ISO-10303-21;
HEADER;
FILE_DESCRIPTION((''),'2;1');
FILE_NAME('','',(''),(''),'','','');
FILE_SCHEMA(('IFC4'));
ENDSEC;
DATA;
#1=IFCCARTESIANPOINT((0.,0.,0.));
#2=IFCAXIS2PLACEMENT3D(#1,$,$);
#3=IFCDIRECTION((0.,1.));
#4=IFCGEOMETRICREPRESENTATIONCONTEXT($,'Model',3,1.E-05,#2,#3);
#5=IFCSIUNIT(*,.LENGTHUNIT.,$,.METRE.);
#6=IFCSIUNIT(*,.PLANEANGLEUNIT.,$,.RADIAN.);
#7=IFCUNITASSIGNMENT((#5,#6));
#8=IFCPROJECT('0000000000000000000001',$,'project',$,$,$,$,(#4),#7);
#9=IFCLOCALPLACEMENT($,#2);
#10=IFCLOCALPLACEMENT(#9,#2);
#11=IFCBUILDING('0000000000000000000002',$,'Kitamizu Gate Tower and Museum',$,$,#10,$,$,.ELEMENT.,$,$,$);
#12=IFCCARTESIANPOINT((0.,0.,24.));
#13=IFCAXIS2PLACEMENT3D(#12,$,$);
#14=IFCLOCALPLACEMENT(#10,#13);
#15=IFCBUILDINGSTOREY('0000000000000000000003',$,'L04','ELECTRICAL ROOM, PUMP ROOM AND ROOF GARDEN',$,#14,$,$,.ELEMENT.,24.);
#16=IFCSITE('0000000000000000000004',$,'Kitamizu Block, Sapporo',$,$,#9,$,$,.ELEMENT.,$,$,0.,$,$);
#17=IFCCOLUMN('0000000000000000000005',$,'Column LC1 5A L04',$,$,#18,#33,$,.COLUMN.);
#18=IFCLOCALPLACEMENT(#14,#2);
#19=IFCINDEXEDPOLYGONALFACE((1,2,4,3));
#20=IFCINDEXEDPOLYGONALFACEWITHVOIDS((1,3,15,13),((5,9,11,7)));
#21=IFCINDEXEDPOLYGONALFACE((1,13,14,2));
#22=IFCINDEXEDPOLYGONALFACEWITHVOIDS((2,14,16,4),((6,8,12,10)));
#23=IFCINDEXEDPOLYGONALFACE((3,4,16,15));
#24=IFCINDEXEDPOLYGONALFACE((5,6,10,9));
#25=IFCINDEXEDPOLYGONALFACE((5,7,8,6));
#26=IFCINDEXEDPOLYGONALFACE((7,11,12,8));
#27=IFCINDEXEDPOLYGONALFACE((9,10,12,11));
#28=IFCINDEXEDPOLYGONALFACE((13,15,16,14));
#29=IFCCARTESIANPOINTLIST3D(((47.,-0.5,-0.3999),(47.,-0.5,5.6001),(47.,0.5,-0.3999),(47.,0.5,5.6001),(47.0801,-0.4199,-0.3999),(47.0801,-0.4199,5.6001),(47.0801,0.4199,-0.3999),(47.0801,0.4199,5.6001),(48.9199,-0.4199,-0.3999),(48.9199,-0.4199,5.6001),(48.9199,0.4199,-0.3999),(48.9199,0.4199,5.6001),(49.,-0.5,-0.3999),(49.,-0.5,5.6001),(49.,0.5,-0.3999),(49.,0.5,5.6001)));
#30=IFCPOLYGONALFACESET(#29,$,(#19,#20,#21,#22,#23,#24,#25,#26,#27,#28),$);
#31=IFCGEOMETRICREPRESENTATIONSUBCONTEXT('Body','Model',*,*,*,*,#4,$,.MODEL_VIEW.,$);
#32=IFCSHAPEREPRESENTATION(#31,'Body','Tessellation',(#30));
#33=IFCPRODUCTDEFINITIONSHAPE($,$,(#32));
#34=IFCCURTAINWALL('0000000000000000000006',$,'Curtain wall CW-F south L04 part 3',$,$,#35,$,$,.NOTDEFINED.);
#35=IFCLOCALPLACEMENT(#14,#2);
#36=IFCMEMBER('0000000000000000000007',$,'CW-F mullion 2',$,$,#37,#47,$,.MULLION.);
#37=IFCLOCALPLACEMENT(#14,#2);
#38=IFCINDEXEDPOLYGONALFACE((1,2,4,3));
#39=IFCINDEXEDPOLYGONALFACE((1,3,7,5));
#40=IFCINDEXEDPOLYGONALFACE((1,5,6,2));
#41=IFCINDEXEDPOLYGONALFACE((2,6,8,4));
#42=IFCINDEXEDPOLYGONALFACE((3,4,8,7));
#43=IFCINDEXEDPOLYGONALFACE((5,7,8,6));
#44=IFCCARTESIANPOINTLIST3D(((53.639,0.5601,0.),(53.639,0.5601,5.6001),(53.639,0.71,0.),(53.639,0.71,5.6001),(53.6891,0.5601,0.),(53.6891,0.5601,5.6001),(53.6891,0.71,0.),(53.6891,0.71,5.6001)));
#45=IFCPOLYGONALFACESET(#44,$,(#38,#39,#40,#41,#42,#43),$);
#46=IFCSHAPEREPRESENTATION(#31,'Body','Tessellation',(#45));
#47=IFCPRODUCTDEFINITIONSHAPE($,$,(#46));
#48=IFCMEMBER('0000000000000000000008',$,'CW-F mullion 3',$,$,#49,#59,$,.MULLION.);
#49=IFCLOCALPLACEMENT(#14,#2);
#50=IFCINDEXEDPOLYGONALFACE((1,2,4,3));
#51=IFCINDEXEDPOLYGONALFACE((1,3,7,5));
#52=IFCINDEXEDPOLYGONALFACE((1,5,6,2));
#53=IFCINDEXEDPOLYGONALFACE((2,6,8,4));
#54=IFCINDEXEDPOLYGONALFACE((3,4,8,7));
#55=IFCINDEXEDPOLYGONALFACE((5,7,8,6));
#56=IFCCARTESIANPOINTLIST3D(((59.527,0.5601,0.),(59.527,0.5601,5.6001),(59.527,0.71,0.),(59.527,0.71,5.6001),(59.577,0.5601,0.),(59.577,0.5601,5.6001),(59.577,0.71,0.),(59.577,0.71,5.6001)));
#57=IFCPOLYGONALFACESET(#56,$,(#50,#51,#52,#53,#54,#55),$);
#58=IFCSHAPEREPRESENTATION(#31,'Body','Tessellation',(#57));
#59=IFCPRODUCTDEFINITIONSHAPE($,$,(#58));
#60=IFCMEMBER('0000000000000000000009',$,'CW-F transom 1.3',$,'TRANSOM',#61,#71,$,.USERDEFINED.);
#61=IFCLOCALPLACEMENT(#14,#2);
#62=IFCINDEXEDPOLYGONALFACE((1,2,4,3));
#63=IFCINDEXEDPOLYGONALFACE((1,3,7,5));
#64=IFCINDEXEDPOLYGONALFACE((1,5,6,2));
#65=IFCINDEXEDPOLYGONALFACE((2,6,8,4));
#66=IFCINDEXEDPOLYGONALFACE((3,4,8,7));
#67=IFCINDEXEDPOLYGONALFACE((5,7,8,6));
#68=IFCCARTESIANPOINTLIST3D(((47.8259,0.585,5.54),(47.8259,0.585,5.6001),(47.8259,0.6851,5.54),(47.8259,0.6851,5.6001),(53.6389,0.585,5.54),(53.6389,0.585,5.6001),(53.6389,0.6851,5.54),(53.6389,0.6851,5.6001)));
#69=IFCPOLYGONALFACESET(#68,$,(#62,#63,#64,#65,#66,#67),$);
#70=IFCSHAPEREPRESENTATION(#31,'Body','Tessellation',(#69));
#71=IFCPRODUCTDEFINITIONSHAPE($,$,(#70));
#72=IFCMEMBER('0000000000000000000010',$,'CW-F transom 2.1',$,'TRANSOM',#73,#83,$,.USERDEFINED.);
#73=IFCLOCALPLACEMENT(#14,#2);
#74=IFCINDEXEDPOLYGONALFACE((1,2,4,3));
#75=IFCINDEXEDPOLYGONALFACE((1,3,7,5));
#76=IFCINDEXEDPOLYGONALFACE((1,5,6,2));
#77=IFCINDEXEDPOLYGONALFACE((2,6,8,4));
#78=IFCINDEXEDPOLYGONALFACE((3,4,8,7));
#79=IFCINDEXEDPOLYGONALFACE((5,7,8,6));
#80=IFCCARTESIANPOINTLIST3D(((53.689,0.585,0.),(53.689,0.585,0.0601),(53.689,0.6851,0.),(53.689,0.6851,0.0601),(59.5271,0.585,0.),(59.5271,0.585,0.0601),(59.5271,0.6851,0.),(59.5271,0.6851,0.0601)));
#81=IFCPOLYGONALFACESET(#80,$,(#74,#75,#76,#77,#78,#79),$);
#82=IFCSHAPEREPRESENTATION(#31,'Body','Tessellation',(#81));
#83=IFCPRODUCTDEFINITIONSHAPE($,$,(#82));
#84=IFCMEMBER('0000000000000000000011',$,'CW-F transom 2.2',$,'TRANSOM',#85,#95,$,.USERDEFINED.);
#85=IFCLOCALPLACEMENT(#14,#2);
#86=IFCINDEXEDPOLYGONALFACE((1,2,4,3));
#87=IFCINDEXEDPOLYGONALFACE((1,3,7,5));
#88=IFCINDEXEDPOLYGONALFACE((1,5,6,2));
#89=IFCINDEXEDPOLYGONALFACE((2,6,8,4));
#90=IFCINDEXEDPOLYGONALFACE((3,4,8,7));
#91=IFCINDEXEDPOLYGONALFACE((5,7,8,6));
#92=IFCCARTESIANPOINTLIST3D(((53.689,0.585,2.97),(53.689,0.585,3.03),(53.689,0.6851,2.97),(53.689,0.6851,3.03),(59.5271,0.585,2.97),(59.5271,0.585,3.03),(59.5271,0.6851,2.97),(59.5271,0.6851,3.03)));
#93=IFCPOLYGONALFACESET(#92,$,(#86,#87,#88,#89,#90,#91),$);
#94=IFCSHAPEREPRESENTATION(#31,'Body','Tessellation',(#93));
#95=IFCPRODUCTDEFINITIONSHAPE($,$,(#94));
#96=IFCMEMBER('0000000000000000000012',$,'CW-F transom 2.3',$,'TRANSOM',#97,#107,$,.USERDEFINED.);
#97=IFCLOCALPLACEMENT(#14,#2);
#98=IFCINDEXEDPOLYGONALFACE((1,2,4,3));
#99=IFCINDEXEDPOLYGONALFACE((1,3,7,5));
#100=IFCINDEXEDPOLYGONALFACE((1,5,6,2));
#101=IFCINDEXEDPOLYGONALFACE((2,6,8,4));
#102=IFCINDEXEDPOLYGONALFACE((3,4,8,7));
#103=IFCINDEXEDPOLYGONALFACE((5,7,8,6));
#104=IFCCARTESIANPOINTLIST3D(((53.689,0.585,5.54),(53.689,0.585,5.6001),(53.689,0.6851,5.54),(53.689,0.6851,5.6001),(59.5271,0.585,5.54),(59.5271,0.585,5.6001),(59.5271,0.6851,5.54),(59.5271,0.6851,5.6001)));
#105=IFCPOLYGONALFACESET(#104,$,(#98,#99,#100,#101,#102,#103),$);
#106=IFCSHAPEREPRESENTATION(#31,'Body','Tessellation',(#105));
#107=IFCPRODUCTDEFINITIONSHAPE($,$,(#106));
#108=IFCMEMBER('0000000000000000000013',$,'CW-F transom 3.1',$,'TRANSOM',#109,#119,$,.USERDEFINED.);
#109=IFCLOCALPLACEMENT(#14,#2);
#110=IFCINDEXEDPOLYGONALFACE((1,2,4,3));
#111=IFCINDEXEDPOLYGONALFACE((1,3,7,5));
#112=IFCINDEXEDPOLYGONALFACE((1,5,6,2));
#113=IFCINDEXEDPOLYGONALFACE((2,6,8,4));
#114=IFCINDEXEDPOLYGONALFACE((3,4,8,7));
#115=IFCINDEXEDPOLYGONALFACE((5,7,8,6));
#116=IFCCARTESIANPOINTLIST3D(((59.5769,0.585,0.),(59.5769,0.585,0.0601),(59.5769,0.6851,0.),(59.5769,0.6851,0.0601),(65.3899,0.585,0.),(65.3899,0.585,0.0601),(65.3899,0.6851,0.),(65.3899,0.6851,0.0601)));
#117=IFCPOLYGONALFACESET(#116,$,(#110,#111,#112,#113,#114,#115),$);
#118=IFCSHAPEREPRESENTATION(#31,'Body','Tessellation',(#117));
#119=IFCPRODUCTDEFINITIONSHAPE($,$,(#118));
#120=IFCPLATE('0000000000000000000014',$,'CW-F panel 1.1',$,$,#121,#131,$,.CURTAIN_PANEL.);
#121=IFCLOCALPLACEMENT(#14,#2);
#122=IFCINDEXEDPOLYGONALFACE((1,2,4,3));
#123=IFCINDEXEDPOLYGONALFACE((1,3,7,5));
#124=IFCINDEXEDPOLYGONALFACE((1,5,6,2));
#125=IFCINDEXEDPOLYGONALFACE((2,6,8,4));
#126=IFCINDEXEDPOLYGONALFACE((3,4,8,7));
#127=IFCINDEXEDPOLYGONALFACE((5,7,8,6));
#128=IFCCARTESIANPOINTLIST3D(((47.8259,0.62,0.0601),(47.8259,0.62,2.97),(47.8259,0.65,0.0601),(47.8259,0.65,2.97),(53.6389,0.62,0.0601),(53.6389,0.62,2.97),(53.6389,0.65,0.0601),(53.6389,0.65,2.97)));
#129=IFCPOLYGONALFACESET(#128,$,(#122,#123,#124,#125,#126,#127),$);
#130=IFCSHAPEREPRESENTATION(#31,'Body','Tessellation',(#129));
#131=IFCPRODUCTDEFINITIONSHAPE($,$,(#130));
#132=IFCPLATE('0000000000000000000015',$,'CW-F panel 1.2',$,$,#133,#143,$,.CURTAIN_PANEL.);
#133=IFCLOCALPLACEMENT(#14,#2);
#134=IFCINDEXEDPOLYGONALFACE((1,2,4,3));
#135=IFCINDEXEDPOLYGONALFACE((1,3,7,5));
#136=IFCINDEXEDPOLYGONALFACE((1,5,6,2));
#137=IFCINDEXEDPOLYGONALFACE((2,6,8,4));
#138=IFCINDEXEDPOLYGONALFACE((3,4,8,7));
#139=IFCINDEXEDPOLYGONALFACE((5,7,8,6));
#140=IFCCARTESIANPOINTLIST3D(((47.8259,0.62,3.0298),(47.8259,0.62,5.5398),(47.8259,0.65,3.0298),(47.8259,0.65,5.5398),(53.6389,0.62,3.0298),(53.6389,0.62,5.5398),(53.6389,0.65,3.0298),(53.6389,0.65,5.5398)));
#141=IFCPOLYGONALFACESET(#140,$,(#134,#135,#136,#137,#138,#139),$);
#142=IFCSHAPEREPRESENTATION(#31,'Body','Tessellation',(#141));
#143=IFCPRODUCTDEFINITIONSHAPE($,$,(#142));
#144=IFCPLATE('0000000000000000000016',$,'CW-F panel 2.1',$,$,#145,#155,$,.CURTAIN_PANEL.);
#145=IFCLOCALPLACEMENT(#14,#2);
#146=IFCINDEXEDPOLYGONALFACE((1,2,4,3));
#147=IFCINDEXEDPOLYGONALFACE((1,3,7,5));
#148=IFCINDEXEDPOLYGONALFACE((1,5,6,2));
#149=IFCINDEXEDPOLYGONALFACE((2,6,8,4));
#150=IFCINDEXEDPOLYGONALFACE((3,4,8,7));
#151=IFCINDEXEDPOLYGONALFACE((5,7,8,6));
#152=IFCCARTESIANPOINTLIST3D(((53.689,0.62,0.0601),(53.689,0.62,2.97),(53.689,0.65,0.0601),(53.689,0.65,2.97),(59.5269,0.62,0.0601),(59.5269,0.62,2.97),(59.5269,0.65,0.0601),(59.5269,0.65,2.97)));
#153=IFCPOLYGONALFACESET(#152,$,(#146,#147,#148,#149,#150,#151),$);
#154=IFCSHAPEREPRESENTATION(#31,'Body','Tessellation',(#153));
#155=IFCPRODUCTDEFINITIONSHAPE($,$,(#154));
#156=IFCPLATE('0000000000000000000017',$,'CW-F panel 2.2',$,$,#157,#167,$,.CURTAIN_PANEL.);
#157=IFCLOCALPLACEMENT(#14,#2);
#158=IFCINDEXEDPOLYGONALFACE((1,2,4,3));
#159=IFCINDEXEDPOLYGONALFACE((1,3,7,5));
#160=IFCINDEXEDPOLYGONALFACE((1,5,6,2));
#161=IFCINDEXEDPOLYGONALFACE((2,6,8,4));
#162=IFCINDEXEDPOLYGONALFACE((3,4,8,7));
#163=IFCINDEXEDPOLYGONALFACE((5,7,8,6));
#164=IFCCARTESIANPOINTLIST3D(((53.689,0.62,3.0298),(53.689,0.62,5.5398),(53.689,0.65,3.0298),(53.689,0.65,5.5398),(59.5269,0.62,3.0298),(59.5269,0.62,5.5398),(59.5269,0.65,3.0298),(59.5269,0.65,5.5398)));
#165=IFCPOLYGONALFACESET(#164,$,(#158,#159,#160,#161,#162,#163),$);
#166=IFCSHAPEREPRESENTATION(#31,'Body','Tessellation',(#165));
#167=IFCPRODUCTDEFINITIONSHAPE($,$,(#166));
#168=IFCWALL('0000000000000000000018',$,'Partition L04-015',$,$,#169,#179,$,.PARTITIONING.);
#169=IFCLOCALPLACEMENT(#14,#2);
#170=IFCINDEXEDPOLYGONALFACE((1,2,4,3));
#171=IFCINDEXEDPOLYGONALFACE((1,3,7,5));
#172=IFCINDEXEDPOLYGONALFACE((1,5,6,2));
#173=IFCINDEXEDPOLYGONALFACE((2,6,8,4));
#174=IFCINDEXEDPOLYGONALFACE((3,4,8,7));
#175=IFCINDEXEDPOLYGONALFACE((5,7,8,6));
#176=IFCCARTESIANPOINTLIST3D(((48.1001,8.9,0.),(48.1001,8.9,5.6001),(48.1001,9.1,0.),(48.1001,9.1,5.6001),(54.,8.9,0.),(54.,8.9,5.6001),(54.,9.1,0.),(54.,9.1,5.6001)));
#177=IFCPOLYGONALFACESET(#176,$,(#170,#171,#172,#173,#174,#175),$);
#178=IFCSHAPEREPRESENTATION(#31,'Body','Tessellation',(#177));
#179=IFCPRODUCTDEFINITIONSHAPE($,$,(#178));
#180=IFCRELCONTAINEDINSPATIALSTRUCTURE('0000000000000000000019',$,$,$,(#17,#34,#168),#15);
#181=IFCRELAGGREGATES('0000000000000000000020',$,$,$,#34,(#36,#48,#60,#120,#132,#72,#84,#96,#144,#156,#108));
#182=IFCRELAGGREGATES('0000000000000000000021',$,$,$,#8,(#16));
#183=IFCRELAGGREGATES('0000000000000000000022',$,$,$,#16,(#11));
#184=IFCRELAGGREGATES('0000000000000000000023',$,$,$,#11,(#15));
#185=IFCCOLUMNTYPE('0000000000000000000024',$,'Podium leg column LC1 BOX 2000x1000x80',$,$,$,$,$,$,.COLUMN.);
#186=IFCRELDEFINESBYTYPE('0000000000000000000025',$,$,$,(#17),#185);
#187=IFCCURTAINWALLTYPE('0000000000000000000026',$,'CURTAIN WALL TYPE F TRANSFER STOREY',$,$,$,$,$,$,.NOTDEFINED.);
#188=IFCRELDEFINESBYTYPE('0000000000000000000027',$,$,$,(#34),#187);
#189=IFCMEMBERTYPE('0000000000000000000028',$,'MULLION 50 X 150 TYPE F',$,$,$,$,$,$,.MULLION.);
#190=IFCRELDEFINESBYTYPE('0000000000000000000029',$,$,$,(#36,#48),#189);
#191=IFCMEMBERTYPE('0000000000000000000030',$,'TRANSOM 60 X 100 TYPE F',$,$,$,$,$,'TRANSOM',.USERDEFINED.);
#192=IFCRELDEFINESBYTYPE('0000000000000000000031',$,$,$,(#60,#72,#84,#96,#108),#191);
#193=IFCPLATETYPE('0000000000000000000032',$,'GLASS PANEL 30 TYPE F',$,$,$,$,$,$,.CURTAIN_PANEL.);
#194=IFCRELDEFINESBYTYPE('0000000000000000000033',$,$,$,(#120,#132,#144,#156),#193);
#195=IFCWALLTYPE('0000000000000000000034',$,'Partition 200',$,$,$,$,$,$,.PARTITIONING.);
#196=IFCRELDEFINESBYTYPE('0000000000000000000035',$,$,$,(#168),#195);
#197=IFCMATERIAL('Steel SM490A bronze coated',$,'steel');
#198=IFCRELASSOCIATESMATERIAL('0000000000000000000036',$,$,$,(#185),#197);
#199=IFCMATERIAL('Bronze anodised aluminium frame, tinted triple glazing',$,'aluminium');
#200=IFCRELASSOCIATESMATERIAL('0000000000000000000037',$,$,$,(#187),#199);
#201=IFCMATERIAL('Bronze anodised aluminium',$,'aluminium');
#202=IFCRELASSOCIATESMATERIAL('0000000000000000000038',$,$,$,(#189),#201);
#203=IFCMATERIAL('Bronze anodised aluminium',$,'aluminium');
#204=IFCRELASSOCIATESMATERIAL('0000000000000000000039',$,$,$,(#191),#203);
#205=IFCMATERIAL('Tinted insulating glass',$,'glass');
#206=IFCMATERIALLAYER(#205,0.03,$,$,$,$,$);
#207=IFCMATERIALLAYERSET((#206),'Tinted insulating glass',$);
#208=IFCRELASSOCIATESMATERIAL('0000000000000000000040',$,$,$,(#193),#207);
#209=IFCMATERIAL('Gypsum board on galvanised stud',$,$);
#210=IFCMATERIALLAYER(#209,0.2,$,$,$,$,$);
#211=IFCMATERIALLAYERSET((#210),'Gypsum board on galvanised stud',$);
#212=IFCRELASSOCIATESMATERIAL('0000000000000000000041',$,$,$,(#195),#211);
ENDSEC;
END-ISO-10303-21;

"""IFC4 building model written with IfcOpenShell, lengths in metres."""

from ifc_helpers import new_model, si_unit, direction, frame, frame_2d, origin, origin_2d, place, context, subcontext, project, spatial, rectangle, hollow_rectangle, extrude, material, layer, layer_set, material_profile, profile_set, type_object, element, aggregate, save


model = new_model("IFC4")

# Units and contexts
model_context = context("Model", 3, precision=1e-05, world=origin(), true_north=direction((0.0, 1.0)))
body_context = subcontext(model_context, "Body", "Model", "MODEL_VIEW")
ifc_project = project(units=[si_unit("LENGTHUNIT", "METRE"), si_unit("PLANEANGLEUNIT", "RADIAN")], contexts=[model_context])

# Site, building, storey
site_placement = place(None, origin())
site = spatial("IfcSite", under=ifc_project, at=site_placement, Name="Kitamizu Block, Sapporo", CompositionType="ELEMENT", RefElevation=0.0)
building_placement = place(site_placement, origin())
building = spatial("IfcBuilding", under=site, at=building_placement, Name="Kitamizu Gate Tower and Museum", CompositionType="ELEMENT")
storey_placement = place(building_placement, frame((0.0, 0.0, 24.0)))
storey = spatial("IfcBuildingStorey", under=building, at=storey_placement, Name="L04", Description="ELECTRICAL ROOM, PUMP ROOM AND ROOF GARDEN", CompositionType="ELEMENT", Elevation=24.0)

# Column
ifc_material_1 = material(Name="Steel SM490A bronze coated", Category="steel")
ifc_material_profile_1 = material_profile(ifc_material_1, hollow_rectangle(XDim=2.0, YDim=1.0, WallThickness=0.0801, at=origin_2d()), Name="BOX 2000x1000x80")
ifc_profile_set_1 = profile_set([ifc_material_profile_1], Name="Steel SM490A bronze coated")
column_type = type_object("IfcColumnType", Name="Podium leg column LC1 BOX 2000x1000x80", PredefinedType="COLUMN", material=ifc_profile_set_1)
column_placement = place(storey_placement, frame((48.0, 0.0, -0.3999), z_axis=(0.0, 0.0, 1.0), x_axis=(1.0, 0.0, 0.0)))
element("IfcColumn", 1, at=column_placement, inside=storey, type_object=column_type, Name="Column LC1 5A L04", PredefinedType="COLUMN", context=body_context, shape_type="SweptSolid", body=[
    extrude(hollow_rectangle(XDim=2.0, YDim=1.0, WallThickness=0.0801, at=origin_2d()), origin(), (0.0, 0.0, 1.0), 6.0),
])

# Curtain wall, members, plates
ifc_material_2 = material(Name="Bronze anodised aluminium frame, tinted triple glazing", Category="aluminium")
curtain_wall_type = type_object("IfcCurtainWallType", Name="CURTAIN WALL TYPE F TRANSFER STOREY", PredefinedType="NOTDEFINED", material=ifc_material_2)
curtain_wall_placement = place(storey_placement, origin())
curtain_wall = element("IfcCurtainWall", 2, at=curtain_wall_placement, inside=storey, type_object=curtain_wall_type, Name="Curtain wall CW-F south L04 part 3", PredefinedType="NOTDEFINED")
ifc_material_3 = material(Name="Bronze anodised aluminium", Category="aluminium")
ifc_material_profile_2 = material_profile(ifc_material_3, rectangle(XDim=0.05, YDim=0.1499, at=origin_2d()), Name="AL 50X150")
ifc_profile_set_2 = profile_set([ifc_material_profile_2], Name="Bronze anodised aluminium")
member_type_1 = type_object("IfcMemberType", Name="MULLION 50 X 150 TYPE F", PredefinedType="MULLION", material=ifc_profile_set_2)
member_1_placement = place(storey_placement, frame((53.6641, 0.635, 0.0), z_axis=(0.0, 0.0, 1.0), x_axis=(1.0, 0.0, 0.0)))
member_1 = element("IfcMember", 3, at=member_1_placement, type_object=member_type_1, Name="CW-F mullion 2", PredefinedType="MULLION", context=body_context, shape_type="SweptSolid", body=[
    extrude(rectangle(XDim=0.05, YDim=0.1499, at=origin_2d()), origin(), (0.0, 0.0, 1.0), 5.6001),
])
member_2_placement = place(storey_placement, frame((59.552, 0.635, 0.0), z_axis=(0.0, 0.0, 1.0), x_axis=(1.0, 0.0, 0.0)))
member_2 = element("IfcMember", 4, at=member_2_placement, type_object=member_type_1, Name="CW-F mullion 3", PredefinedType="MULLION", context=body_context, shape_type="SweptSolid", body=[
    extrude(rectangle(XDim=0.05, YDim=0.1499, at=origin_2d()), origin(), (0.0, 0.0, 1.0), 5.6001),
])
ifc_material_4 = material(Name="Bronze anodised aluminium", Category="aluminium")
ifc_material_profile_3 = material_profile(ifc_material_4, rectangle(XDim=0.1001, YDim=0.0601, at=origin_2d()), Name="AL 60X100")
ifc_profile_set_3 = profile_set([ifc_material_profile_3], Name="Bronze anodised aluminium")
member_type_2 = type_object("IfcMemberType", Name="TRANSOM 60 X 100 TYPE F", ElementType="TRANSOM", PredefinedType="USERDEFINED", material=ifc_profile_set_3)
member_3_placement = place(storey_placement, frame((47.8259, 0.635, 5.5701), z_axis=(1.0, 0.0, 0.0), x_axis=(0.0, 1.0, 0.0)))
member_3 = element("IfcMember", 5, at=member_3_placement, type_object=member_type_2, Name="CW-F transom 1.3", ObjectType="TRANSOM", PredefinedType="USERDEFINED", context=body_context, shape_type="SweptSolid", body=[
    extrude(rectangle(XDim=0.1001, YDim=0.0601, at=origin_2d()), origin(), (0.0, 0.0, 1.0), 5.813),
])
member_4_placement = place(storey_placement, frame((53.689, 0.635, 0.03), z_axis=(1.0, 0.0, 0.0), x_axis=(0.0, 1.0, 0.0)))
member_4 = element("IfcMember", 6, at=member_4_placement, type_object=member_type_2, Name="CW-F transom 2.1", ObjectType="TRANSOM", PredefinedType="USERDEFINED", context=body_context, shape_type="SweptSolid", body=[
    extrude(rectangle(XDim=0.1001, YDim=0.0601, at=origin_2d()), origin(), (0.0, 0.0, 1.0), 5.8381),
])
member_5_placement = place(storey_placement, frame((53.689, 0.635, 3.0), z_axis=(1.0, 0.0, 0.0), x_axis=(0.0, 1.0, 0.0)))
member_5 = element("IfcMember", 7, at=member_5_placement, type_object=member_type_2, Name="CW-F transom 2.2", ObjectType="TRANSOM", PredefinedType="USERDEFINED", context=body_context, shape_type="SweptSolid", body=[
    extrude(rectangle(XDim=0.1001, YDim=0.0601, at=origin_2d()), origin(), (0.0, 0.0, 1.0), 5.8381),
])
member_6_placement = place(storey_placement, frame((53.689, 0.635, 5.5701), z_axis=(1.0, 0.0, 0.0), x_axis=(0.0, 1.0, 0.0)))
member_6 = element("IfcMember", 8, at=member_6_placement, type_object=member_type_2, Name="CW-F transom 2.3", ObjectType="TRANSOM", PredefinedType="USERDEFINED", context=body_context, shape_type="SweptSolid", body=[
    extrude(rectangle(XDim=0.1001, YDim=0.0601, at=origin_2d()), origin(), (0.0, 0.0, 1.0), 5.8381),
])
member_7_placement = place(storey_placement, frame((59.5769, 0.635, 0.03), z_axis=(1.0, 0.0, 0.0), x_axis=(0.0, 1.0, 0.0)))
member_7 = element("IfcMember", 9, at=member_7_placement, type_object=member_type_2, Name="CW-F transom 3.1", ObjectType="TRANSOM", PredefinedType="USERDEFINED", context=body_context, shape_type="SweptSolid", body=[
    extrude(rectangle(XDim=0.1001, YDim=0.0601, at=origin_2d()), origin(), (0.0, 0.0, 1.0), 5.813),
])
ifc_material_5 = material(Name="Tinted insulating glass", Category="glass")
ifc_layer_1 = layer(ifc_material_5, 0.03)
ifc_layer_set_1 = layer_set([ifc_layer_1], Name="Tinted insulating glass")
plate_type = type_object("IfcPlateType", Name="GLASS PANEL 30 TYPE F", PredefinedType="CURTAIN_PANEL", material=ifc_layer_set_1)
plate_1_placement = place(storey_placement, frame((50.7324, 0.635, 0.0601), z_axis=(0.0, 0.0, 1.0), x_axis=(1.0, 0.0, 0.0)))
plate_1 = element("IfcPlate", 10, at=plate_1_placement, type_object=plate_type, Name="CW-F panel 1.1", PredefinedType="CURTAIN_PANEL", context=body_context, shape_type="SweptSolid", body=[
    extrude(rectangle(XDim=5.813, YDim=0.03, at=origin_2d()), origin(), (0.0, 0.0, 1.0), 2.9099),
])
plate_2_placement = place(storey_placement, frame((50.7324, 0.635, 3.0298), z_axis=(0.0, 0.0, 1.0), x_axis=(1.0, 0.0, 0.0)))
plate_2 = element("IfcPlate", 11, at=plate_2_placement, type_object=plate_type, Name="CW-F panel 1.2", PredefinedType="CURTAIN_PANEL", context=body_context, shape_type="SweptSolid", body=[
    extrude(rectangle(XDim=5.813, YDim=0.03, at=origin_2d()), origin(), (0.0, 0.0, 1.0), 2.51),
])
plate_3_placement = place(storey_placement, frame((56.6079, 0.635, 0.0601), z_axis=(0.0, 0.0, 1.0), x_axis=(1.0, 0.0, 0.0)))
plate_3 = element("IfcPlate", 12, at=plate_3_placement, type_object=plate_type, Name="CW-F panel 2.1", PredefinedType="CURTAIN_PANEL", context=body_context, shape_type="SweptSolid", body=[
    extrude(rectangle(XDim=5.8379, YDim=0.03, at=origin_2d()), origin(), (0.0, 0.0, 1.0), 2.9099),
])
plate_4_placement = place(storey_placement, frame((56.6079, 0.635, 3.0298), z_axis=(0.0, 0.0, 1.0), x_axis=(1.0, 0.0, 0.0)))
plate_4 = element("IfcPlate", 13, at=plate_4_placement, type_object=plate_type, Name="CW-F panel 2.2", PredefinedType="CURTAIN_PANEL", context=body_context, shape_type="SweptSolid", body=[
    extrude(rectangle(XDim=5.8379, YDim=0.03, at=origin_2d()), origin(), (0.0, 0.0, 1.0), 2.51),
])
aggregate(curtain_wall, [member_1, member_2, member_3, plate_1, plate_2, member_4, member_5, member_6, plate_3, plate_4, member_7])

# Wall
ifc_material_6 = material(Name="Gypsum board on galvanised stud")
ifc_layer_2 = layer(ifc_material_6, 0.2)
ifc_layer_set_2 = layer_set([ifc_layer_2], Name="Gypsum board on galvanised stud")
wall_type = type_object("IfcWallType", Name="Partition 200", PredefinedType="PARTITIONING", material=ifc_layer_set_2)
wall_1_placement = place(storey_placement, frame((48.1001, 9.0, 0.0), z_axis=(0.0, 0.0, 1.0), x_axis=(1.0, 0.0, 0.0)))
element("IfcWall", 14, at=wall_1_placement, inside=storey, type_object=wall_type, Name="Partition L04-015", PredefinedType="PARTITIONING", context=body_context, shape_type="SweptSolid", body=[
    extrude(rectangle(XDim=5.8999, YDim=0.2, at=frame_2d((2.95, 0.0))), origin(), (0.0, 0.0, 1.0), 5.6001),
])

save(model, "model.ifc")
